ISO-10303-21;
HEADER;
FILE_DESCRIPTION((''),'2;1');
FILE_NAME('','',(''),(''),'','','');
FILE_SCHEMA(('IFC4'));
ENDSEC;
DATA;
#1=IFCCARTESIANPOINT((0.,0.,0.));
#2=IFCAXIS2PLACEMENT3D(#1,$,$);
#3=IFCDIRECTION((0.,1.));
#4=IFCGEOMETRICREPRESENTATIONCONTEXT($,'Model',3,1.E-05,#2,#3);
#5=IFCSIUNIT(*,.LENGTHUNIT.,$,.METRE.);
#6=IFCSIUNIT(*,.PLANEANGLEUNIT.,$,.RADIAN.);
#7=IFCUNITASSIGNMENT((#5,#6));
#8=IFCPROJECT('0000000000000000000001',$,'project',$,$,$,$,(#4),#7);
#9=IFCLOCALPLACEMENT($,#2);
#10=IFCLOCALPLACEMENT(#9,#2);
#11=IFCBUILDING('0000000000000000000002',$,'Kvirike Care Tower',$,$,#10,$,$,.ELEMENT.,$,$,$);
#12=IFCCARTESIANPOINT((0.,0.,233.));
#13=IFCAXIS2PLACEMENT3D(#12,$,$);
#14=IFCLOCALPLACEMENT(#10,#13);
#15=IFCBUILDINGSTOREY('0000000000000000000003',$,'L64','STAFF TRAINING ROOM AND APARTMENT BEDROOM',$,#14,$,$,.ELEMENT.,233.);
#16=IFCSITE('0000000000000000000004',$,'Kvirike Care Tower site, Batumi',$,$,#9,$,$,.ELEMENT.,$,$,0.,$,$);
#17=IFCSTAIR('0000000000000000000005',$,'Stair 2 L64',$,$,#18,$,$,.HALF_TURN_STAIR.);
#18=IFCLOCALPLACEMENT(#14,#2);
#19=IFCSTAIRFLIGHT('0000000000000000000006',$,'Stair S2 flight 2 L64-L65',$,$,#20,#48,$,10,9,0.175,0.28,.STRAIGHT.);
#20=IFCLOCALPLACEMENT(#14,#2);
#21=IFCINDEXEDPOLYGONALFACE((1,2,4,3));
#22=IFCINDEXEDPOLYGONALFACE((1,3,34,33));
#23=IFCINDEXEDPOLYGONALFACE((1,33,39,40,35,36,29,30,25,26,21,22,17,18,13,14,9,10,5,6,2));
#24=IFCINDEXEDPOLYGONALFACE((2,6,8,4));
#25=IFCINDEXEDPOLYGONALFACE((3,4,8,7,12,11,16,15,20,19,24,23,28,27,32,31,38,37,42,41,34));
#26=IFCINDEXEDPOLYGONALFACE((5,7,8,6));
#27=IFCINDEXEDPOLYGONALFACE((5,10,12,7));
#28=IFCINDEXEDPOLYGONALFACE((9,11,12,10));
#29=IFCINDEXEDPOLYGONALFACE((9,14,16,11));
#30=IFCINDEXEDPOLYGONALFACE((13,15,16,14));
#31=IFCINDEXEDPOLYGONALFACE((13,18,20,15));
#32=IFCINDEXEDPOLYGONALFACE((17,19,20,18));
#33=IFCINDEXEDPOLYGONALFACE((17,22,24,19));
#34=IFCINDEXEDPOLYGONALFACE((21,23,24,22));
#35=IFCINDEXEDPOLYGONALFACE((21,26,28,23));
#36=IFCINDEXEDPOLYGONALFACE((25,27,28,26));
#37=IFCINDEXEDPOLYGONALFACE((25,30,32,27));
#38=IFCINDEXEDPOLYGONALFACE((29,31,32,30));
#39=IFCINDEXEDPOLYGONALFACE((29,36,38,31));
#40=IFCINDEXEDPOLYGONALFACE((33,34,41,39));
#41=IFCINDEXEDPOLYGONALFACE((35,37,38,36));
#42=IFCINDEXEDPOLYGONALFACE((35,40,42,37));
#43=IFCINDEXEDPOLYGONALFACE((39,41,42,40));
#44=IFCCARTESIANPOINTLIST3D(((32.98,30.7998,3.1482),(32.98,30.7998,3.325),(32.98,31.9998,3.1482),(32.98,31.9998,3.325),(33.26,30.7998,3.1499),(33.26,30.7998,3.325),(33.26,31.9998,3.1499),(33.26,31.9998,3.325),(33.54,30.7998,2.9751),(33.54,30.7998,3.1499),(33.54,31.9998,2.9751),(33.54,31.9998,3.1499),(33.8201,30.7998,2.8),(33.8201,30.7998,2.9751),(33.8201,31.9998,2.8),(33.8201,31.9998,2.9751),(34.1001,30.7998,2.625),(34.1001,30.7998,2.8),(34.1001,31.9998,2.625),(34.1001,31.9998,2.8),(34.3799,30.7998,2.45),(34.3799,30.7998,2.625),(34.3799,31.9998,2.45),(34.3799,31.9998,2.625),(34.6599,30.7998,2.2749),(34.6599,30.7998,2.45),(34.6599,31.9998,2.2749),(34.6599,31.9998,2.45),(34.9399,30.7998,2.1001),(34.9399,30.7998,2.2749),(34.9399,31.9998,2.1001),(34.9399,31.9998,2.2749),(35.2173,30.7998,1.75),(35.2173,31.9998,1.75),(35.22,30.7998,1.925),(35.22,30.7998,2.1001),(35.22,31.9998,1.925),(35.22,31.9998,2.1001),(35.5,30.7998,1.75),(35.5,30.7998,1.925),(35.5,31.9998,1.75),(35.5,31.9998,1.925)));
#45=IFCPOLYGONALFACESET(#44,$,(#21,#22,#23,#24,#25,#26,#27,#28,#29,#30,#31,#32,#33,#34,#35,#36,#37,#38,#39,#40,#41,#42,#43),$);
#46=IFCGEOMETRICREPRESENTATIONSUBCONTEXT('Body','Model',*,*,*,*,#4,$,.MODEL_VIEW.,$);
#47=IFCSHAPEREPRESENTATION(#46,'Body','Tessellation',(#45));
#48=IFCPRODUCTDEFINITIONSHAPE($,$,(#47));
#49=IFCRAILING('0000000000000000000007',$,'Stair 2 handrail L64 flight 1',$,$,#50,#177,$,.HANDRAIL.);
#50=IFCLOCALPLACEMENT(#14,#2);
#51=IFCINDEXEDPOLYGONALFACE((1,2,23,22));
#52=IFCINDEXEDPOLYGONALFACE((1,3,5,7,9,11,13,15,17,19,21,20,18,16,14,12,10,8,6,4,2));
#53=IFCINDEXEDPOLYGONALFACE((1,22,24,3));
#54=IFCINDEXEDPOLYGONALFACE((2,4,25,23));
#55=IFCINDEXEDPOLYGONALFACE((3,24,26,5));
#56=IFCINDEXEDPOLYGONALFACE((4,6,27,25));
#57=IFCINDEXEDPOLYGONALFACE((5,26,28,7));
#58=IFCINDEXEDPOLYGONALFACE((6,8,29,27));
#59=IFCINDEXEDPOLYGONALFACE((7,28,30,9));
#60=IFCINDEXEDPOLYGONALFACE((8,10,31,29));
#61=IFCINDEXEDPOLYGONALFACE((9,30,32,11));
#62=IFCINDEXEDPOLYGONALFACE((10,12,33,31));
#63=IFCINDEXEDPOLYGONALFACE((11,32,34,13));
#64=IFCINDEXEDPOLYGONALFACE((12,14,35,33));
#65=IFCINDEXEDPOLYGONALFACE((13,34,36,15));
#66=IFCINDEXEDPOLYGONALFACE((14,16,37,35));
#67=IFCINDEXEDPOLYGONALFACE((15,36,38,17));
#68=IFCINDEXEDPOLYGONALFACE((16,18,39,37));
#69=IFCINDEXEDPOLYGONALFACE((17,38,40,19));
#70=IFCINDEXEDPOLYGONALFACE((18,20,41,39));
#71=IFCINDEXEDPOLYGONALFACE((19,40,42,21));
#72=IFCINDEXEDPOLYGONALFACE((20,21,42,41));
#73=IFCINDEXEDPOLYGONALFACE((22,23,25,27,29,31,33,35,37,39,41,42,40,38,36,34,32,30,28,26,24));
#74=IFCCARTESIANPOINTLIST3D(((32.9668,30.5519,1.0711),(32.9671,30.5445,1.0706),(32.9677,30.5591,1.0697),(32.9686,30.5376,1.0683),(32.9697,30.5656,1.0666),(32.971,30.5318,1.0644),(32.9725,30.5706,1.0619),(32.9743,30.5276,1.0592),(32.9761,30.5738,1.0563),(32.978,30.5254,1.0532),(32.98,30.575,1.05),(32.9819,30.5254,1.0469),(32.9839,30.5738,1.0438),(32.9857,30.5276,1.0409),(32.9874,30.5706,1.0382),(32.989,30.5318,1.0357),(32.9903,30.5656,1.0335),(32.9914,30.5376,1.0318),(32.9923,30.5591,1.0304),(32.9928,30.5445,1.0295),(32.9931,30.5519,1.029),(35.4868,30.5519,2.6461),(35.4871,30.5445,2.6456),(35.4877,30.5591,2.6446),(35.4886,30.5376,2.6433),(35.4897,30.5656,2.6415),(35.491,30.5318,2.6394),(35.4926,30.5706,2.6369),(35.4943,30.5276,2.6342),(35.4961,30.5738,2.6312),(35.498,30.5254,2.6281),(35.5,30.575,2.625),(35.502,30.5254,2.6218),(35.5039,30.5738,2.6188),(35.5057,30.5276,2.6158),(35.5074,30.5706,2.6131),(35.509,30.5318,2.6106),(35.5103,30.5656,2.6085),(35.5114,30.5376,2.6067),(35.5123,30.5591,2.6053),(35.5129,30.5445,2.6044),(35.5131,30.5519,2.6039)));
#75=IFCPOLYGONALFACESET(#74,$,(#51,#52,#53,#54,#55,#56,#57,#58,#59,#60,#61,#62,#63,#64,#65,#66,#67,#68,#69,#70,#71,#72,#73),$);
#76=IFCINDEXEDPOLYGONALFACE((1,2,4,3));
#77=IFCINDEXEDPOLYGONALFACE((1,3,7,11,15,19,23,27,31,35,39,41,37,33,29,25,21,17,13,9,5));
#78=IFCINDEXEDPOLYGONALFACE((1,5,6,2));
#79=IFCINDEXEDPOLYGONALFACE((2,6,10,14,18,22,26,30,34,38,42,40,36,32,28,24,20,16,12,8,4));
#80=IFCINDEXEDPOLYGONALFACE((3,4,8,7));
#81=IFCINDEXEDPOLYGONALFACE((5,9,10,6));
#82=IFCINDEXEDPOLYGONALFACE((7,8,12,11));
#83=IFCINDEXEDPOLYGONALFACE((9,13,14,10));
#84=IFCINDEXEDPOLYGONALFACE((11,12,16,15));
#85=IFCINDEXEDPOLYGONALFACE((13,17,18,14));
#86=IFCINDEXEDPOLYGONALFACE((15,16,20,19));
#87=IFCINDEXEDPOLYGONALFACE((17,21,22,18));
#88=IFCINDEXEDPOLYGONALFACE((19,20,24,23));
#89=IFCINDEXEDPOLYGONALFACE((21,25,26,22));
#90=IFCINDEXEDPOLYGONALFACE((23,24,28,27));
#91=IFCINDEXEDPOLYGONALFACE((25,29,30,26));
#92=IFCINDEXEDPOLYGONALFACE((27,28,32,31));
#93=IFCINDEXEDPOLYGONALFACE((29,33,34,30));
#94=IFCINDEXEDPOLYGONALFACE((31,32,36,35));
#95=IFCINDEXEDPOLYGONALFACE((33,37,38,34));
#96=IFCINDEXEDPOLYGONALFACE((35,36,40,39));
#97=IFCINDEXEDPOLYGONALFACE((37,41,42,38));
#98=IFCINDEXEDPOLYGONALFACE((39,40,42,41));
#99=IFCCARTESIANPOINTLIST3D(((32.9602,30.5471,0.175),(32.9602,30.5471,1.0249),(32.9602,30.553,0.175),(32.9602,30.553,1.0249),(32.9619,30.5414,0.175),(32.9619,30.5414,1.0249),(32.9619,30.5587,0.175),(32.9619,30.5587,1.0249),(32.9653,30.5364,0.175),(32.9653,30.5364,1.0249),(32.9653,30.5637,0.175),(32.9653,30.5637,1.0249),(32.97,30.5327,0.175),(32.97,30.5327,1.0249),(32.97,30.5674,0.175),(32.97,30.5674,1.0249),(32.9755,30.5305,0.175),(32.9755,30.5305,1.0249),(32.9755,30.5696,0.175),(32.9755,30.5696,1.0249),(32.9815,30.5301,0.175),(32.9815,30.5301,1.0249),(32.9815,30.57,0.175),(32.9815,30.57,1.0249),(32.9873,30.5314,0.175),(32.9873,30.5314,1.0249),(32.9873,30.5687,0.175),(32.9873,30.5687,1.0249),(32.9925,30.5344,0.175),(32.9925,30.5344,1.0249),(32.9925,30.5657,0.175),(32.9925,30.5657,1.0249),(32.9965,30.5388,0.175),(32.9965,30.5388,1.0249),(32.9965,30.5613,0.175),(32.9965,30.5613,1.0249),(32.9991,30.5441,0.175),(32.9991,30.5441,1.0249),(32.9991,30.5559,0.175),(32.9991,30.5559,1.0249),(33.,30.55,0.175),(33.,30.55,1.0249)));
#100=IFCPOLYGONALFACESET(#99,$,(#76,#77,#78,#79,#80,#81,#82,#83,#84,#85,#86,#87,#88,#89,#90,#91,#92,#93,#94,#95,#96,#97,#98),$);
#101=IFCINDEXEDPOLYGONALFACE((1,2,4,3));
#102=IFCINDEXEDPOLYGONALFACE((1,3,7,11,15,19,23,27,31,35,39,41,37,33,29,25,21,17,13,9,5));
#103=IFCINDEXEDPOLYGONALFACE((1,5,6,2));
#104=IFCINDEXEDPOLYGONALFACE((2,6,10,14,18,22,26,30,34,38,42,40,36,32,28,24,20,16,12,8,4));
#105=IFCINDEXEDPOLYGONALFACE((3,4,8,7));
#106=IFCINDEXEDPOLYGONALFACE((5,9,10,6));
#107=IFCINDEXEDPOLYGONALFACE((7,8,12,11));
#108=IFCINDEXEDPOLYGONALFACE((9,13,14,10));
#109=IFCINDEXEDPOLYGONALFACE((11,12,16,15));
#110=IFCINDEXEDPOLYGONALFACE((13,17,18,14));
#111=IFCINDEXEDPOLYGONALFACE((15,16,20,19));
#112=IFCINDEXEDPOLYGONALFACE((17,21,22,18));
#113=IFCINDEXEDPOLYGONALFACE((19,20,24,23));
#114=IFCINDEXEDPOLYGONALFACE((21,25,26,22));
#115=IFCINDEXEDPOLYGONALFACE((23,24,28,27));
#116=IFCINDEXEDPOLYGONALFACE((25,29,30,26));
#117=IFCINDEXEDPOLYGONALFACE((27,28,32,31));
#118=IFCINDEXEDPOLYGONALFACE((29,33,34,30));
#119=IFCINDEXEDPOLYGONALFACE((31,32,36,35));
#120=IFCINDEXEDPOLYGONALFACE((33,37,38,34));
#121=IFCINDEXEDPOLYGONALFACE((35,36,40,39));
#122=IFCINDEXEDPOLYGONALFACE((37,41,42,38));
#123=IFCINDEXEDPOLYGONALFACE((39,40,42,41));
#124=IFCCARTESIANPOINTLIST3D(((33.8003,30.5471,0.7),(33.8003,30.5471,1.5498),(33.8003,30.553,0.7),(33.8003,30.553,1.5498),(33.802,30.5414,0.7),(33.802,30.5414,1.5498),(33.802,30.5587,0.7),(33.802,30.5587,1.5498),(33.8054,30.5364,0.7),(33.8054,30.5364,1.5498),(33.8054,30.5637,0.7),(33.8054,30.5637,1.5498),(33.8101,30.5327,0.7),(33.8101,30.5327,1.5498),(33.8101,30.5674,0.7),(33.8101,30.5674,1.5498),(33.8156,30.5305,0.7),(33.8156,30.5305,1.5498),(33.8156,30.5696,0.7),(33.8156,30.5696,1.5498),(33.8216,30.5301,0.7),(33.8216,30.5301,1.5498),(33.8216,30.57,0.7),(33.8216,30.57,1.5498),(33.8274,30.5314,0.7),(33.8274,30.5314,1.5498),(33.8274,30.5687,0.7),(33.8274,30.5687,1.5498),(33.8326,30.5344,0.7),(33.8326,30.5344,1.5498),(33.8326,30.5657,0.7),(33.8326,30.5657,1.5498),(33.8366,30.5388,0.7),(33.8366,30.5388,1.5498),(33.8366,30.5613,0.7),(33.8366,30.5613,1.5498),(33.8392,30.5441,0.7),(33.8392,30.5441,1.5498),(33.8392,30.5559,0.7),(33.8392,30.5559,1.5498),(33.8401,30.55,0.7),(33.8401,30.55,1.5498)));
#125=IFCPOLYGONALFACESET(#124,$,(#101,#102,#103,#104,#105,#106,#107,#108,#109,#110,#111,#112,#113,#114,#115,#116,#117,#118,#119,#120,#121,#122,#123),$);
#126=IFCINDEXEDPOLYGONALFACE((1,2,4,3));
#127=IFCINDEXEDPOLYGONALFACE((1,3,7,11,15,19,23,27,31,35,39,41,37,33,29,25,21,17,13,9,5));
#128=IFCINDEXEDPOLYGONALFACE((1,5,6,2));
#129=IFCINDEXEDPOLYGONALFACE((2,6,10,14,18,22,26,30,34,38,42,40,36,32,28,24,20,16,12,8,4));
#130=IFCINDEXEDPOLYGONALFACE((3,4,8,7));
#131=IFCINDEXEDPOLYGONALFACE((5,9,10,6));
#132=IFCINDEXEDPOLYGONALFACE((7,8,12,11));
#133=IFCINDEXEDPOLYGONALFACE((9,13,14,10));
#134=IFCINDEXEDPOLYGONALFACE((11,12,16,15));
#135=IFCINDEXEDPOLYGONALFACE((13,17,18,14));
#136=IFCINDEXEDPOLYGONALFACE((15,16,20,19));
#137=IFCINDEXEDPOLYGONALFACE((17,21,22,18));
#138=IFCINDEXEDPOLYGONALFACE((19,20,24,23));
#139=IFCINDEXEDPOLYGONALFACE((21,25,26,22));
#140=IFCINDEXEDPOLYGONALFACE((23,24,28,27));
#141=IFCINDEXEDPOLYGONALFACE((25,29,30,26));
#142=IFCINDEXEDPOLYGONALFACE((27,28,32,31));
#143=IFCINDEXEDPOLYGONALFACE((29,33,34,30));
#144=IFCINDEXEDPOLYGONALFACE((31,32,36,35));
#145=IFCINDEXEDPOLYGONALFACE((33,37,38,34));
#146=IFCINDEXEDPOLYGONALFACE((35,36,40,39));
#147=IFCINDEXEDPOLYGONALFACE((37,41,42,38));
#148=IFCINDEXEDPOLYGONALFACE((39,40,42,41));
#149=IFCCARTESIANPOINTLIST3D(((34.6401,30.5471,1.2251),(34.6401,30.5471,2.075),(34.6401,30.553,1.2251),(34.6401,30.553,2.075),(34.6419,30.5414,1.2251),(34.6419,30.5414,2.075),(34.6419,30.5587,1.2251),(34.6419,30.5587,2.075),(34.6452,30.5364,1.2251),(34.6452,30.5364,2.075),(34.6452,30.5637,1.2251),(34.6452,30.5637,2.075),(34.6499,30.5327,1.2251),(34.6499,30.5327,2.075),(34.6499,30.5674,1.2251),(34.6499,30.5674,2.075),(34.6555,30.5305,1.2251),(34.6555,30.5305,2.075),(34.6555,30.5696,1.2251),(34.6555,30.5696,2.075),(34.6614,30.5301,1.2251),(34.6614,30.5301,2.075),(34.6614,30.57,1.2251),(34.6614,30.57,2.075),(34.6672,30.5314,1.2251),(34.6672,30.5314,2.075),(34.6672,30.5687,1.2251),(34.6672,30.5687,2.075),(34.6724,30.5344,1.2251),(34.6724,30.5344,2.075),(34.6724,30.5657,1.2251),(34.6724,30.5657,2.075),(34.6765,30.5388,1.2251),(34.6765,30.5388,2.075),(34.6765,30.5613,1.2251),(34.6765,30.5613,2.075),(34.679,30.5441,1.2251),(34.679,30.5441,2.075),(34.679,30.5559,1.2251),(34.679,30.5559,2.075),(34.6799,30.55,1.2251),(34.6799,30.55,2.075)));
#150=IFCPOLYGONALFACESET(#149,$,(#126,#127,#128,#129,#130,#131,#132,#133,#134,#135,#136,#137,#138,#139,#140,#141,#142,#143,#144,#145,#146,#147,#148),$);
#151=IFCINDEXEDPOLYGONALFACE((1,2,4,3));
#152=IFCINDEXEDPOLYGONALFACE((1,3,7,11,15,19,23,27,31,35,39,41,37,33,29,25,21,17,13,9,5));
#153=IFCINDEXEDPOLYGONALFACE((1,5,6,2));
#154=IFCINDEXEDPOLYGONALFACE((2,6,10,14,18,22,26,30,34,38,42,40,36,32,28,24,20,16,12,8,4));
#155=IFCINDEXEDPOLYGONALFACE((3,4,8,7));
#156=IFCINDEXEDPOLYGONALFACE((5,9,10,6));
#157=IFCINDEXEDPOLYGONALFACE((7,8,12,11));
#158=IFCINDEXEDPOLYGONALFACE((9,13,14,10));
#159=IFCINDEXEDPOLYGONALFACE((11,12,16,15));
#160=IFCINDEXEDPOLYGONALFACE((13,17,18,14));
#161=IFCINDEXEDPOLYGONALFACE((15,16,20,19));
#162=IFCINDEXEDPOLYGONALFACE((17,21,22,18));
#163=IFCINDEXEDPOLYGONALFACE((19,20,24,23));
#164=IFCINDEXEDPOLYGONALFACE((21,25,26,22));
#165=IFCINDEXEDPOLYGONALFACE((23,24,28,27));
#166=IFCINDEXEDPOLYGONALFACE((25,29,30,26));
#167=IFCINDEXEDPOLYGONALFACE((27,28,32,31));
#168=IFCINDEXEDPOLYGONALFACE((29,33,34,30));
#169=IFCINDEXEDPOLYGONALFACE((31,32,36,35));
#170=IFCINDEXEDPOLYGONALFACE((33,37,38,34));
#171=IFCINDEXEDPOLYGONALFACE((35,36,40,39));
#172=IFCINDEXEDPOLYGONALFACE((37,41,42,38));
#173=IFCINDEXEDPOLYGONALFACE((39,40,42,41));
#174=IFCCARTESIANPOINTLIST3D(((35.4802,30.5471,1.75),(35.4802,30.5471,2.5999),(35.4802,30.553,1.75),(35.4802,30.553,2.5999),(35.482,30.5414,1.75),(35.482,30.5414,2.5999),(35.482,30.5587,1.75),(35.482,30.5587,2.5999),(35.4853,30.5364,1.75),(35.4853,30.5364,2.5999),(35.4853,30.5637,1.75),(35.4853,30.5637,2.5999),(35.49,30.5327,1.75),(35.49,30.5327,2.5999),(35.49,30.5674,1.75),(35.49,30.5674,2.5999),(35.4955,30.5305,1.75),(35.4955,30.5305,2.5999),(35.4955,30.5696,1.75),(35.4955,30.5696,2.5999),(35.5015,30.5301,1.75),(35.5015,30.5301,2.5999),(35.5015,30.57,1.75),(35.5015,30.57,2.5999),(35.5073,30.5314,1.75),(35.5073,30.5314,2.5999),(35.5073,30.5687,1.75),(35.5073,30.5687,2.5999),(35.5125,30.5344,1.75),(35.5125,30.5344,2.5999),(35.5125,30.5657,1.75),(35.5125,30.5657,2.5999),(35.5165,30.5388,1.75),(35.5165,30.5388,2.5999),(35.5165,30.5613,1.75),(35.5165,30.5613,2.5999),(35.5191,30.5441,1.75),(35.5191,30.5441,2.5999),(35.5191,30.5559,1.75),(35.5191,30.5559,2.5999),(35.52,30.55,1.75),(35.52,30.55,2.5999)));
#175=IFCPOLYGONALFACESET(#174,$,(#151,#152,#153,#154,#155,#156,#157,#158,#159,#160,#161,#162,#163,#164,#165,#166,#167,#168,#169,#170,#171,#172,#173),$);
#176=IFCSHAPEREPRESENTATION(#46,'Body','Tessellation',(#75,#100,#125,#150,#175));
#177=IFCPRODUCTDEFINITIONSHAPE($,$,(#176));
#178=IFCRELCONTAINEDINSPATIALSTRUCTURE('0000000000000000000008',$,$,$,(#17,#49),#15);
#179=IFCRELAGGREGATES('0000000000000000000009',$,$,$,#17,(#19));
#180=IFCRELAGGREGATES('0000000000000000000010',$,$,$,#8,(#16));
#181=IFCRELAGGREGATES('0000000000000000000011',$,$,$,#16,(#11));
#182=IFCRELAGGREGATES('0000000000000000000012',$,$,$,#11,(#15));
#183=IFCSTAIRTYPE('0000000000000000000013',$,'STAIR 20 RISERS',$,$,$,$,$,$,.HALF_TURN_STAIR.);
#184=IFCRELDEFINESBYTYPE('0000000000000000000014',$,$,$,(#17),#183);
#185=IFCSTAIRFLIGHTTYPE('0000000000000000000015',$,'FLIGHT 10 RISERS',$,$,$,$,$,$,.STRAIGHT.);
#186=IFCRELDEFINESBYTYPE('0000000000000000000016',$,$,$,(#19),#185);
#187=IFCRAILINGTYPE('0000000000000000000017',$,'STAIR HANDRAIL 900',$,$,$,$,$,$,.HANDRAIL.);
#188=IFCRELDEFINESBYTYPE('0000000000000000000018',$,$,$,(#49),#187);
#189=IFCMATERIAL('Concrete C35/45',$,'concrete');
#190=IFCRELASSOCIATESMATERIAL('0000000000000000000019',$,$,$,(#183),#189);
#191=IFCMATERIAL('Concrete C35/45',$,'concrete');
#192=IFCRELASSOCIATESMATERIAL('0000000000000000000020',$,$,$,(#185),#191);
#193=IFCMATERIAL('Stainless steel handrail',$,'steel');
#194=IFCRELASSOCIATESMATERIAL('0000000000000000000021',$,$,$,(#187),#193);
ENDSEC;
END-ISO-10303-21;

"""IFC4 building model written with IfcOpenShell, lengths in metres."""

from ifc_helpers import new_model, si_unit, direction, frame, origin, origin_2d, place, context, subcontext, project, spatial, polyline, circle, outline, extrude, material, type_object, element, aggregate, save


model = new_model("IFC4")

# Units and contexts
model_context = context("Model", 3, precision=1e-05, world=origin(), true_north=direction((0.0, 1.0)))
body_context = subcontext(model_context, "Body", "Model", "MODEL_VIEW")
ifc_project = project(units=[si_unit("LENGTHUNIT", "METRE"), si_unit("PLANEANGLEUNIT", "RADIAN")], contexts=[model_context])

# Site, building, storey
site_placement = place(None, origin())
site = spatial("IfcSite", under=ifc_project, at=site_placement, Name="Kvirike Care Tower site, Batumi", CompositionType="ELEMENT", RefElevation=0.0)
building_placement = place(site_placement, origin())
building = spatial("IfcBuilding", under=site, at=building_placement, Name="Kvirike Care Tower", CompositionType="ELEMENT")
storey_placement = place(building_placement, frame((0.0, 0.0, 233.0)))
storey = spatial("IfcBuildingStorey", under=building, at=storey_placement, Name="L64", Description="STAFF TRAINING ROOM AND APARTMENT BEDROOM", CompositionType="ELEMENT", Elevation=233.0)

# Stair, stair flight
ifc_material_1 = material(Name="Concrete C35/45", Category="concrete")
stair_type = type_object("IfcStairType", Name="STAIR 20 RISERS", PredefinedType="HALF_TURN_STAIR", material=ifc_material_1)
stair_placement = place(storey_placement, origin())
stair = element("IfcStair", 1, at=stair_placement, inside=storey, type_object=stair_type, Name="Stair 2 L64", PredefinedType="HALF_TURN_STAIR")
ifc_material_2 = material(Name="Concrete C35/45", Category="concrete")
stair_flight_type = type_object("IfcStairFlightType", Name="FLIGHT 10 RISERS", PredefinedType="STRAIGHT", material=ifc_material_2)
stair_flight_1_placement = place(storey_placement, frame((35.5, 31.3999, 1.75), z_axis=(0.0, 0.0, 1.0), x_axis=(-1.0, 0.0, 0.0)))
stair_flight_1 = element("IfcStairFlight", 2, at=stair_flight_1_placement, type_object=stair_flight_type, Name="Stair S2 flight 2 L64-L65", NumberOfRisers=10, NumberOfTreads=9, PredefinedType="STRAIGHT", RiserHeight=0.175, TreadLength=0.28, context=body_context, shape_type="SweptSolid", body=[
    extrude(outline(polyline([(0.0, 0.0), (0.0, 0.175), (0.28, 0.175), (0.28, 0.3501), (0.5601, 0.3501), (0.5601, 0.5249), (0.8401, 0.5249), (0.8401, 0.7), (1.1201, 0.7), (1.1201, 0.875), (1.3999, 0.875), (1.3999, 1.05), (1.6799, 1.05), (1.6799, 1.2251), (1.96, 1.2251), (1.96, 1.3999), (2.24, 1.3999), (2.24, 1.575), (2.52, 1.575), (2.52, 1.75), (2.52, 1.3982), (0.2827, 0.0), (0.0, 0.0)])), frame((0.0, 0.6001, 0.0), z_axis=(0.0, -1.0, 0.0), x_axis=(1.0, 0.0, 0.0)), (0.0, 0.0, 1.0), 1.2),
])
aggregate(stair, [stair_flight_1])

# Railing
ifc_material_3 = material(Name="Stainless steel handrail", Category="steel")
railing_type = type_object("IfcRailingType", Name="STAIR HANDRAIL 900", PredefinedType="HANDRAIL", material=ifc_material_3)
railing_1_placement = place(storey_placement, frame((32.98, 30.55, 0.175)))
element("IfcRailing", 3, at=railing_1_placement, inside=storey, type_object=railing_type, Name="Stair 2 handrail L64 flight 1", PredefinedType="HANDRAIL", context=body_context, shape_type="SweptSolid", body=[
    extrude(circle(Radius=0.0249, at=origin_2d()), frame((0.0, 0.0, 0.875), z_axis=(0.848008, 0.0, 0.529984), x_axis=(0.0, 1.0, 0.0)), (0.0, 0.0, 1.0), 2.9717),
    extrude(circle(Radius=0.02, at=origin_2d()), origin(), (0.0, 0.0, 1.0), 0.8499),
    extrude(circle(Radius=0.02, at=origin_2d()), frame((0.8401, 0.0, 0.5249)), (0.0, 0.0, 1.0), 0.8499),
    extrude(circle(Radius=0.02, at=origin_2d()), frame((1.6799, 0.0, 1.05)), (0.0, 0.0, 1.0), 0.8499),
    extrude(circle(Radius=0.02, at=origin_2d()), frame((2.52, 0.0, 1.575)), (0.0, 0.0, 1.0), 0.8499),
])

save(model, "model.ifc")
